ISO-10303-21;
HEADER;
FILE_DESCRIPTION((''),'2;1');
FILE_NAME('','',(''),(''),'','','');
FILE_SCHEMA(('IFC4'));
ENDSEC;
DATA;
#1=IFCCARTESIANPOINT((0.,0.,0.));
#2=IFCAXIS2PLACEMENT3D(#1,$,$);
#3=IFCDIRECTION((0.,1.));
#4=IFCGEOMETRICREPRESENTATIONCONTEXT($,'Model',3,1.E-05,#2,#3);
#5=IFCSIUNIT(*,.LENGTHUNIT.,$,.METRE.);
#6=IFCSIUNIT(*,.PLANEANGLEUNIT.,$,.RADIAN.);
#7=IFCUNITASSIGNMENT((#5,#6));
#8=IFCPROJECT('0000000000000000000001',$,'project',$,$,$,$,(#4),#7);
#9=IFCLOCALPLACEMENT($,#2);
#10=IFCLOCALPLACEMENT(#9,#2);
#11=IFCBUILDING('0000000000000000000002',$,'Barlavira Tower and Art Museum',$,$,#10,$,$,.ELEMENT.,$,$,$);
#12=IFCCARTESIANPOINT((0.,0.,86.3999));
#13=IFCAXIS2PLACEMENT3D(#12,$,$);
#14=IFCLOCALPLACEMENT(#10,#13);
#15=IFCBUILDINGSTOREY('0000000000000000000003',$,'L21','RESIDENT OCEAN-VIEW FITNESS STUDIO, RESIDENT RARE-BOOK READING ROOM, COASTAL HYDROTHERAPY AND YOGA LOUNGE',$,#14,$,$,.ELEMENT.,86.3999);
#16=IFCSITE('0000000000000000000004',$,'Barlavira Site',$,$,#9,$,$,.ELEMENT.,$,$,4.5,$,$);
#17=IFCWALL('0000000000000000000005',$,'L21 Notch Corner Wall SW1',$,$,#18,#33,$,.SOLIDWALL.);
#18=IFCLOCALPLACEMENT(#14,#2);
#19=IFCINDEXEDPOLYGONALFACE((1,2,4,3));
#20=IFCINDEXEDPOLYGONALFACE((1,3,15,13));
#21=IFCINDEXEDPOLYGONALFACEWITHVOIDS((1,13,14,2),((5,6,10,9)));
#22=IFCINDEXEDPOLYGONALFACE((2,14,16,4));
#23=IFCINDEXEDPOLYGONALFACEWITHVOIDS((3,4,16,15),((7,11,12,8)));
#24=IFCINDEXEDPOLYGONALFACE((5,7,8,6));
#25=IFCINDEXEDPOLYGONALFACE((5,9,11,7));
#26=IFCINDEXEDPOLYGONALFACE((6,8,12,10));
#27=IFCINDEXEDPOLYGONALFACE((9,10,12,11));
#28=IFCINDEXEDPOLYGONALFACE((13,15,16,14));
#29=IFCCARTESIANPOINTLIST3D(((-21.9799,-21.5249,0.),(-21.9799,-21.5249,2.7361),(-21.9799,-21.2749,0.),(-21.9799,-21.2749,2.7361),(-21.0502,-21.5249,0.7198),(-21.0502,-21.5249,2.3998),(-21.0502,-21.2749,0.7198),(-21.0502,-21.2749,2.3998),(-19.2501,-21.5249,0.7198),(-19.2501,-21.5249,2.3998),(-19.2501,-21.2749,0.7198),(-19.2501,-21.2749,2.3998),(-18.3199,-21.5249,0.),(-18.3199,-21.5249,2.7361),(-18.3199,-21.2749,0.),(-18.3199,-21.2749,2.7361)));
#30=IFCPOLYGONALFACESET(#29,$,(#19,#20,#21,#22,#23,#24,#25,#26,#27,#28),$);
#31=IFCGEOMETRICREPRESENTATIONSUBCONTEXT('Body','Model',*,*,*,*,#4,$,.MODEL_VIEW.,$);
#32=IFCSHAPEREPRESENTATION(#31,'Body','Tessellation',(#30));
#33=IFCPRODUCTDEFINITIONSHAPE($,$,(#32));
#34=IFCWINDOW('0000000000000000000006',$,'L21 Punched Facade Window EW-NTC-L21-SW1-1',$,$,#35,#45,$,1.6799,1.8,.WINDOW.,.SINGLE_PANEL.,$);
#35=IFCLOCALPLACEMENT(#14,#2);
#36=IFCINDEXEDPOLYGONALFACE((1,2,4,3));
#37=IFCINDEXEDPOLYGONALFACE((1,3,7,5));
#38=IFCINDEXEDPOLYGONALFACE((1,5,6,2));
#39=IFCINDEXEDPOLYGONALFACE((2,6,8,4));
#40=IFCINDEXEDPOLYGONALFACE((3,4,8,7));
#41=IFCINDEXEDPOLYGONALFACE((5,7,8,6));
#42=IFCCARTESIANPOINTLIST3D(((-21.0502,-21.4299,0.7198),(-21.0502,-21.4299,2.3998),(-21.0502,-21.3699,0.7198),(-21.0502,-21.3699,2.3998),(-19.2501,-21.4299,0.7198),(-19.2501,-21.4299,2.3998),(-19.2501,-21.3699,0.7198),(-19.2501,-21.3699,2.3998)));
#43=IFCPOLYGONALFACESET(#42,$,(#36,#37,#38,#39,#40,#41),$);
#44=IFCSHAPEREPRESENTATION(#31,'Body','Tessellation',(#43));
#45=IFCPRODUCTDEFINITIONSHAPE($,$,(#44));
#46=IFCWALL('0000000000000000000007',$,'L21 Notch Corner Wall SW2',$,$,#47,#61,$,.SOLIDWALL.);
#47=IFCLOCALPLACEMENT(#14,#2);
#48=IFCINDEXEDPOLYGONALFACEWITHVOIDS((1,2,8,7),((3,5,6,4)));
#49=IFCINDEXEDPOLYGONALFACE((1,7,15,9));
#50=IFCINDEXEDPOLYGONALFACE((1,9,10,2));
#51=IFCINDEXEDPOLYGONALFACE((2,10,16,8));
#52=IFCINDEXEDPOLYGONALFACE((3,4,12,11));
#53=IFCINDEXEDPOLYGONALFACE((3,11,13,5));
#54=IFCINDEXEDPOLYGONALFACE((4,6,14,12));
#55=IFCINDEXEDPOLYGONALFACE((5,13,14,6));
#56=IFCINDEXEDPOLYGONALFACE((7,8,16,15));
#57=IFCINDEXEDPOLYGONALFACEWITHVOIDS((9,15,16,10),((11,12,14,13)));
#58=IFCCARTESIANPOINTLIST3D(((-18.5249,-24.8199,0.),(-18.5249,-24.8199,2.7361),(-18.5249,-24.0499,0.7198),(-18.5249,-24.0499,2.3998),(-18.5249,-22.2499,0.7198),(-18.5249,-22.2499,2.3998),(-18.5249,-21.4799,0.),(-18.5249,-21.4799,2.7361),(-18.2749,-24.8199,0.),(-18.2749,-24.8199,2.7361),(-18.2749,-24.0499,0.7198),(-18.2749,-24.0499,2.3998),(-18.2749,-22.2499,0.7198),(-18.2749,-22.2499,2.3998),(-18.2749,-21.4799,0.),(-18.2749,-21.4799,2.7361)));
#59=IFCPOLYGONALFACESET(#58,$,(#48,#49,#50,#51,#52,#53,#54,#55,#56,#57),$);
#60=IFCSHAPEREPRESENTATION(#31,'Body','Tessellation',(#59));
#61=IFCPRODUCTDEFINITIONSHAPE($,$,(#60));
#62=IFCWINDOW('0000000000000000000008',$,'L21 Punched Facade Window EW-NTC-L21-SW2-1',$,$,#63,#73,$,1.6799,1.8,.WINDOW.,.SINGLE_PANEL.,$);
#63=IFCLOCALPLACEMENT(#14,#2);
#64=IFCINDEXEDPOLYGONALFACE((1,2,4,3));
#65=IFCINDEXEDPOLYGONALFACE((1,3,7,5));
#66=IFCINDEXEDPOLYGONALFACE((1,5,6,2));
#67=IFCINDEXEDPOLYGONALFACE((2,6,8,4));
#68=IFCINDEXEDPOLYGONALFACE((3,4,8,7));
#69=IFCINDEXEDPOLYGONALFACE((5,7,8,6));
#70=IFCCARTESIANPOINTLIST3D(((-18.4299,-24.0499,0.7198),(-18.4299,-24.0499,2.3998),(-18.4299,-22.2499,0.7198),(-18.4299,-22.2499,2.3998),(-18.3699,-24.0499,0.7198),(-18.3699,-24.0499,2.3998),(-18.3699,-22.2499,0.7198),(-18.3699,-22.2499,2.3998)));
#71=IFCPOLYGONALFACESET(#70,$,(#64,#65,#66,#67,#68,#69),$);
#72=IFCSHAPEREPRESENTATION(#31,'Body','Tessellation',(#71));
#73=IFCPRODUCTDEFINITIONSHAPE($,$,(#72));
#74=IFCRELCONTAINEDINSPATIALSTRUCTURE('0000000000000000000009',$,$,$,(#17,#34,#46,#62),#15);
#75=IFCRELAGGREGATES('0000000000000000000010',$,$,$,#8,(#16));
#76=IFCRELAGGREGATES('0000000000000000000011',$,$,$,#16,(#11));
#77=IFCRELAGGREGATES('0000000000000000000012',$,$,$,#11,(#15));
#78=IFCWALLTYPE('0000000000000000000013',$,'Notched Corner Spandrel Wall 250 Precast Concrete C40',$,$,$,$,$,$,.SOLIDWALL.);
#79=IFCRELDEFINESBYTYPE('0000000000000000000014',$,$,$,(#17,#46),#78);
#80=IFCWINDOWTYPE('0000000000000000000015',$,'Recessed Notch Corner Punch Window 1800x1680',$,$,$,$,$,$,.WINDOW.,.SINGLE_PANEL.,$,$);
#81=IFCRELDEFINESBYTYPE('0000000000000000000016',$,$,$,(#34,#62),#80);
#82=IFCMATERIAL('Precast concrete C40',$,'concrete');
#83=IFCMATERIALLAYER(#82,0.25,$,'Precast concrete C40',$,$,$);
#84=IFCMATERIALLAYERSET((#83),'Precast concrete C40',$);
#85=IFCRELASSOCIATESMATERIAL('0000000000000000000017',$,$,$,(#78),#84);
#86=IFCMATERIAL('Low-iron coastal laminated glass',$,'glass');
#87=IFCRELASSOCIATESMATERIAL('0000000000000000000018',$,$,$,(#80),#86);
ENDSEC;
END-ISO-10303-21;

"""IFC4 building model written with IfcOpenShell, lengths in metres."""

from ifc_helpers import new_model, si_unit, direction, frame, frame_2d, origin, place, context, subcontext, project, spatial, rectangle, extrude, material, layer, layer_set, type_object, element, fill, save


model = new_model("IFC4")

# Units and contexts
model_context = context("Model", 3, precision=1e-05, world=origin(), true_north=direction((0.0, 1.0)))
body_context = subcontext(model_context, "Body", "Model", "MODEL_VIEW")
ifc_project = project(units=[si_unit("LENGTHUNIT", "METRE"), si_unit("PLANEANGLEUNIT", "RADIAN")], contexts=[model_context])

# Site, building, storey
site_placement = place(None, origin())
site = spatial("IfcSite", under=ifc_project, at=site_placement, Name="Barlavira Site", CompositionType="ELEMENT", RefElevation=4.5)
building_placement = place(site_placement, origin())
building = spatial("IfcBuilding", under=site, at=building_placement, Name="Barlavira Tower and Art Museum", CompositionType="ELEMENT")
storey_placement = place(building_placement, frame((0.0, 0.0, 86.3999)))
storey = spatial("IfcBuildingStorey", under=building, at=storey_placement, Name="L21", Description="RESIDENT OCEAN-VIEW FITNESS STUDIO, RESIDENT RARE-BOOK READING ROOM, COASTAL HYDROTHERAPY AND YOGA LOUNGE", CompositionType="ELEMENT", Elevation=86.3999)

# Shared definitions
ifc_material_1 = material(Name="Precast concrete C40", Category="concrete")
ifc_layer = layer(ifc_material_1, 0.25, Name="Precast concrete C40")
ifc_layer_set = layer_set([ifc_layer], Name="Precast concrete C40")
wall_type = type_object("IfcWallType", Name="Notched Corner Spandrel Wall 250 Precast Concrete C40", PredefinedType="SOLIDWALL", material=ifc_layer_set)
ifc_material_2 = material(Name="Low-iron coastal laminated glass", Category="glass")
window_type = type_object("IfcWindowType", Name="Recessed Notch Corner Punch Window 1800x1680", PartitioningType="SINGLE_PANEL", PredefinedType="WINDOW", material=ifc_material_2)

# Walls, openings, windows
wall_1_placement = place(storey_placement, frame((-21.98, -21.3999, 0.0), z_axis=(0.0, 0.0, 1.0), x_axis=(1.0, 0.0, 0.0)))
wall_1 = element("IfcWall", 1, at=wall_1_placement, inside=storey, type_object=wall_type, Name="L21 Notch Corner Wall SW1", PredefinedType="SOLIDWALL", context=body_context, shape_type="SweptSolid", body=[
    extrude(rectangle(XDim=3.6599, YDim=0.25, at=frame_2d((1.8301, 0.0))), origin(), (0.0, 0.0, 1.0), 2.7361),
])
opening_1_placement = place(wall_1_placement, frame((0.9299, 0.0, 0.72)))
opening_1 = element("IfcOpeningElement", 2, at=opening_1_placement, cuts=wall_1, PredefinedType="OPENING", context=body_context, shape_type="SweptSolid", body=[
    extrude(rectangle(XDim=1.8, YDim=1.6799, at=frame_2d((0.8999, 0.8398))), frame((0.0, 0.135, 0.0), z_axis=(0.0, -1.0, 0.0), x_axis=(1.0, 0.0, 0.0)), (0.0, 0.0, 1.0), 0.27),
])
window_1_placement = place(opening_1_placement, origin())
window_1 = element("IfcWindow", 3, at=window_1_placement, inside=storey, type_object=window_type, Name="L21 Punched Facade Window EW-NTC-L21-SW1-1", OverallHeight=1.6799, OverallWidth=1.8, PartitioningType="SINGLE_PANEL", PredefinedType="WINDOW", context=body_context, shape_type="SweptSolid", body=[
    extrude(rectangle(XDim=1.8, YDim=1.6799, at=frame_2d((0.8999, 0.8398))), frame((0.0, 0.03, 0.0), z_axis=(0.0, -1.0, 0.0), x_axis=(1.0, 0.0, 0.0)), (0.0, 0.0, 1.0), 0.0601),
])
fill(opening_1, window_1)
wall_2_placement = place(storey_placement, frame((-18.3999, -21.48, 0.0), z_axis=(0.0, 0.0, 1.0), x_axis=(0.0, -1.0, 0.0)))
wall_2 = element("IfcWall", 4, at=wall_2_placement, inside=storey, type_object=wall_type, Name="L21 Notch Corner Wall SW2", PredefinedType="SOLIDWALL", context=body_context, shape_type="SweptSolid", body=[
    extrude(rectangle(XDim=3.3401, YDim=0.25, at=frame_2d((1.6699, 0.0))), origin(), (0.0, 0.0, 1.0), 2.7361),
])
opening_2_placement = place(wall_2_placement, frame((0.77, 0.0, 0.72)))
opening_2 = element("IfcOpeningElement", 5, at=opening_2_placement, cuts=wall_2, PredefinedType="OPENING", context=body_context, shape_type="SweptSolid", body=[
    extrude(rectangle(XDim=1.8, YDim=1.6799, at=frame_2d((0.8999, 0.8398))), frame((0.0, 0.135, 0.0), z_axis=(0.0, -1.0, 0.0), x_axis=(1.0, 0.0, 0.0)), (0.0, 0.0, 1.0), 0.27),
])
window_2_placement = place(opening_2_placement, origin())
window_2 = element("IfcWindow", 6, at=window_2_placement, inside=storey, type_object=window_type, Name="L21 Punched Facade Window EW-NTC-L21-SW2-1", OverallHeight=1.6799, OverallWidth=1.8, PartitioningType="SINGLE_PANEL", PredefinedType="WINDOW", context=body_context, shape_type="SweptSolid", body=[
    extrude(rectangle(XDim=1.8, YDim=1.6799, at=frame_2d((0.8999, 0.8398))), frame((0.0, 0.03, 0.0), z_axis=(0.0, -1.0, 0.0), x_axis=(1.0, 0.0, 0.0)), (0.0, 0.0, 1.0), 0.0601),
])
fill(opening_2, window_2)

save(model, "model.ifc")
